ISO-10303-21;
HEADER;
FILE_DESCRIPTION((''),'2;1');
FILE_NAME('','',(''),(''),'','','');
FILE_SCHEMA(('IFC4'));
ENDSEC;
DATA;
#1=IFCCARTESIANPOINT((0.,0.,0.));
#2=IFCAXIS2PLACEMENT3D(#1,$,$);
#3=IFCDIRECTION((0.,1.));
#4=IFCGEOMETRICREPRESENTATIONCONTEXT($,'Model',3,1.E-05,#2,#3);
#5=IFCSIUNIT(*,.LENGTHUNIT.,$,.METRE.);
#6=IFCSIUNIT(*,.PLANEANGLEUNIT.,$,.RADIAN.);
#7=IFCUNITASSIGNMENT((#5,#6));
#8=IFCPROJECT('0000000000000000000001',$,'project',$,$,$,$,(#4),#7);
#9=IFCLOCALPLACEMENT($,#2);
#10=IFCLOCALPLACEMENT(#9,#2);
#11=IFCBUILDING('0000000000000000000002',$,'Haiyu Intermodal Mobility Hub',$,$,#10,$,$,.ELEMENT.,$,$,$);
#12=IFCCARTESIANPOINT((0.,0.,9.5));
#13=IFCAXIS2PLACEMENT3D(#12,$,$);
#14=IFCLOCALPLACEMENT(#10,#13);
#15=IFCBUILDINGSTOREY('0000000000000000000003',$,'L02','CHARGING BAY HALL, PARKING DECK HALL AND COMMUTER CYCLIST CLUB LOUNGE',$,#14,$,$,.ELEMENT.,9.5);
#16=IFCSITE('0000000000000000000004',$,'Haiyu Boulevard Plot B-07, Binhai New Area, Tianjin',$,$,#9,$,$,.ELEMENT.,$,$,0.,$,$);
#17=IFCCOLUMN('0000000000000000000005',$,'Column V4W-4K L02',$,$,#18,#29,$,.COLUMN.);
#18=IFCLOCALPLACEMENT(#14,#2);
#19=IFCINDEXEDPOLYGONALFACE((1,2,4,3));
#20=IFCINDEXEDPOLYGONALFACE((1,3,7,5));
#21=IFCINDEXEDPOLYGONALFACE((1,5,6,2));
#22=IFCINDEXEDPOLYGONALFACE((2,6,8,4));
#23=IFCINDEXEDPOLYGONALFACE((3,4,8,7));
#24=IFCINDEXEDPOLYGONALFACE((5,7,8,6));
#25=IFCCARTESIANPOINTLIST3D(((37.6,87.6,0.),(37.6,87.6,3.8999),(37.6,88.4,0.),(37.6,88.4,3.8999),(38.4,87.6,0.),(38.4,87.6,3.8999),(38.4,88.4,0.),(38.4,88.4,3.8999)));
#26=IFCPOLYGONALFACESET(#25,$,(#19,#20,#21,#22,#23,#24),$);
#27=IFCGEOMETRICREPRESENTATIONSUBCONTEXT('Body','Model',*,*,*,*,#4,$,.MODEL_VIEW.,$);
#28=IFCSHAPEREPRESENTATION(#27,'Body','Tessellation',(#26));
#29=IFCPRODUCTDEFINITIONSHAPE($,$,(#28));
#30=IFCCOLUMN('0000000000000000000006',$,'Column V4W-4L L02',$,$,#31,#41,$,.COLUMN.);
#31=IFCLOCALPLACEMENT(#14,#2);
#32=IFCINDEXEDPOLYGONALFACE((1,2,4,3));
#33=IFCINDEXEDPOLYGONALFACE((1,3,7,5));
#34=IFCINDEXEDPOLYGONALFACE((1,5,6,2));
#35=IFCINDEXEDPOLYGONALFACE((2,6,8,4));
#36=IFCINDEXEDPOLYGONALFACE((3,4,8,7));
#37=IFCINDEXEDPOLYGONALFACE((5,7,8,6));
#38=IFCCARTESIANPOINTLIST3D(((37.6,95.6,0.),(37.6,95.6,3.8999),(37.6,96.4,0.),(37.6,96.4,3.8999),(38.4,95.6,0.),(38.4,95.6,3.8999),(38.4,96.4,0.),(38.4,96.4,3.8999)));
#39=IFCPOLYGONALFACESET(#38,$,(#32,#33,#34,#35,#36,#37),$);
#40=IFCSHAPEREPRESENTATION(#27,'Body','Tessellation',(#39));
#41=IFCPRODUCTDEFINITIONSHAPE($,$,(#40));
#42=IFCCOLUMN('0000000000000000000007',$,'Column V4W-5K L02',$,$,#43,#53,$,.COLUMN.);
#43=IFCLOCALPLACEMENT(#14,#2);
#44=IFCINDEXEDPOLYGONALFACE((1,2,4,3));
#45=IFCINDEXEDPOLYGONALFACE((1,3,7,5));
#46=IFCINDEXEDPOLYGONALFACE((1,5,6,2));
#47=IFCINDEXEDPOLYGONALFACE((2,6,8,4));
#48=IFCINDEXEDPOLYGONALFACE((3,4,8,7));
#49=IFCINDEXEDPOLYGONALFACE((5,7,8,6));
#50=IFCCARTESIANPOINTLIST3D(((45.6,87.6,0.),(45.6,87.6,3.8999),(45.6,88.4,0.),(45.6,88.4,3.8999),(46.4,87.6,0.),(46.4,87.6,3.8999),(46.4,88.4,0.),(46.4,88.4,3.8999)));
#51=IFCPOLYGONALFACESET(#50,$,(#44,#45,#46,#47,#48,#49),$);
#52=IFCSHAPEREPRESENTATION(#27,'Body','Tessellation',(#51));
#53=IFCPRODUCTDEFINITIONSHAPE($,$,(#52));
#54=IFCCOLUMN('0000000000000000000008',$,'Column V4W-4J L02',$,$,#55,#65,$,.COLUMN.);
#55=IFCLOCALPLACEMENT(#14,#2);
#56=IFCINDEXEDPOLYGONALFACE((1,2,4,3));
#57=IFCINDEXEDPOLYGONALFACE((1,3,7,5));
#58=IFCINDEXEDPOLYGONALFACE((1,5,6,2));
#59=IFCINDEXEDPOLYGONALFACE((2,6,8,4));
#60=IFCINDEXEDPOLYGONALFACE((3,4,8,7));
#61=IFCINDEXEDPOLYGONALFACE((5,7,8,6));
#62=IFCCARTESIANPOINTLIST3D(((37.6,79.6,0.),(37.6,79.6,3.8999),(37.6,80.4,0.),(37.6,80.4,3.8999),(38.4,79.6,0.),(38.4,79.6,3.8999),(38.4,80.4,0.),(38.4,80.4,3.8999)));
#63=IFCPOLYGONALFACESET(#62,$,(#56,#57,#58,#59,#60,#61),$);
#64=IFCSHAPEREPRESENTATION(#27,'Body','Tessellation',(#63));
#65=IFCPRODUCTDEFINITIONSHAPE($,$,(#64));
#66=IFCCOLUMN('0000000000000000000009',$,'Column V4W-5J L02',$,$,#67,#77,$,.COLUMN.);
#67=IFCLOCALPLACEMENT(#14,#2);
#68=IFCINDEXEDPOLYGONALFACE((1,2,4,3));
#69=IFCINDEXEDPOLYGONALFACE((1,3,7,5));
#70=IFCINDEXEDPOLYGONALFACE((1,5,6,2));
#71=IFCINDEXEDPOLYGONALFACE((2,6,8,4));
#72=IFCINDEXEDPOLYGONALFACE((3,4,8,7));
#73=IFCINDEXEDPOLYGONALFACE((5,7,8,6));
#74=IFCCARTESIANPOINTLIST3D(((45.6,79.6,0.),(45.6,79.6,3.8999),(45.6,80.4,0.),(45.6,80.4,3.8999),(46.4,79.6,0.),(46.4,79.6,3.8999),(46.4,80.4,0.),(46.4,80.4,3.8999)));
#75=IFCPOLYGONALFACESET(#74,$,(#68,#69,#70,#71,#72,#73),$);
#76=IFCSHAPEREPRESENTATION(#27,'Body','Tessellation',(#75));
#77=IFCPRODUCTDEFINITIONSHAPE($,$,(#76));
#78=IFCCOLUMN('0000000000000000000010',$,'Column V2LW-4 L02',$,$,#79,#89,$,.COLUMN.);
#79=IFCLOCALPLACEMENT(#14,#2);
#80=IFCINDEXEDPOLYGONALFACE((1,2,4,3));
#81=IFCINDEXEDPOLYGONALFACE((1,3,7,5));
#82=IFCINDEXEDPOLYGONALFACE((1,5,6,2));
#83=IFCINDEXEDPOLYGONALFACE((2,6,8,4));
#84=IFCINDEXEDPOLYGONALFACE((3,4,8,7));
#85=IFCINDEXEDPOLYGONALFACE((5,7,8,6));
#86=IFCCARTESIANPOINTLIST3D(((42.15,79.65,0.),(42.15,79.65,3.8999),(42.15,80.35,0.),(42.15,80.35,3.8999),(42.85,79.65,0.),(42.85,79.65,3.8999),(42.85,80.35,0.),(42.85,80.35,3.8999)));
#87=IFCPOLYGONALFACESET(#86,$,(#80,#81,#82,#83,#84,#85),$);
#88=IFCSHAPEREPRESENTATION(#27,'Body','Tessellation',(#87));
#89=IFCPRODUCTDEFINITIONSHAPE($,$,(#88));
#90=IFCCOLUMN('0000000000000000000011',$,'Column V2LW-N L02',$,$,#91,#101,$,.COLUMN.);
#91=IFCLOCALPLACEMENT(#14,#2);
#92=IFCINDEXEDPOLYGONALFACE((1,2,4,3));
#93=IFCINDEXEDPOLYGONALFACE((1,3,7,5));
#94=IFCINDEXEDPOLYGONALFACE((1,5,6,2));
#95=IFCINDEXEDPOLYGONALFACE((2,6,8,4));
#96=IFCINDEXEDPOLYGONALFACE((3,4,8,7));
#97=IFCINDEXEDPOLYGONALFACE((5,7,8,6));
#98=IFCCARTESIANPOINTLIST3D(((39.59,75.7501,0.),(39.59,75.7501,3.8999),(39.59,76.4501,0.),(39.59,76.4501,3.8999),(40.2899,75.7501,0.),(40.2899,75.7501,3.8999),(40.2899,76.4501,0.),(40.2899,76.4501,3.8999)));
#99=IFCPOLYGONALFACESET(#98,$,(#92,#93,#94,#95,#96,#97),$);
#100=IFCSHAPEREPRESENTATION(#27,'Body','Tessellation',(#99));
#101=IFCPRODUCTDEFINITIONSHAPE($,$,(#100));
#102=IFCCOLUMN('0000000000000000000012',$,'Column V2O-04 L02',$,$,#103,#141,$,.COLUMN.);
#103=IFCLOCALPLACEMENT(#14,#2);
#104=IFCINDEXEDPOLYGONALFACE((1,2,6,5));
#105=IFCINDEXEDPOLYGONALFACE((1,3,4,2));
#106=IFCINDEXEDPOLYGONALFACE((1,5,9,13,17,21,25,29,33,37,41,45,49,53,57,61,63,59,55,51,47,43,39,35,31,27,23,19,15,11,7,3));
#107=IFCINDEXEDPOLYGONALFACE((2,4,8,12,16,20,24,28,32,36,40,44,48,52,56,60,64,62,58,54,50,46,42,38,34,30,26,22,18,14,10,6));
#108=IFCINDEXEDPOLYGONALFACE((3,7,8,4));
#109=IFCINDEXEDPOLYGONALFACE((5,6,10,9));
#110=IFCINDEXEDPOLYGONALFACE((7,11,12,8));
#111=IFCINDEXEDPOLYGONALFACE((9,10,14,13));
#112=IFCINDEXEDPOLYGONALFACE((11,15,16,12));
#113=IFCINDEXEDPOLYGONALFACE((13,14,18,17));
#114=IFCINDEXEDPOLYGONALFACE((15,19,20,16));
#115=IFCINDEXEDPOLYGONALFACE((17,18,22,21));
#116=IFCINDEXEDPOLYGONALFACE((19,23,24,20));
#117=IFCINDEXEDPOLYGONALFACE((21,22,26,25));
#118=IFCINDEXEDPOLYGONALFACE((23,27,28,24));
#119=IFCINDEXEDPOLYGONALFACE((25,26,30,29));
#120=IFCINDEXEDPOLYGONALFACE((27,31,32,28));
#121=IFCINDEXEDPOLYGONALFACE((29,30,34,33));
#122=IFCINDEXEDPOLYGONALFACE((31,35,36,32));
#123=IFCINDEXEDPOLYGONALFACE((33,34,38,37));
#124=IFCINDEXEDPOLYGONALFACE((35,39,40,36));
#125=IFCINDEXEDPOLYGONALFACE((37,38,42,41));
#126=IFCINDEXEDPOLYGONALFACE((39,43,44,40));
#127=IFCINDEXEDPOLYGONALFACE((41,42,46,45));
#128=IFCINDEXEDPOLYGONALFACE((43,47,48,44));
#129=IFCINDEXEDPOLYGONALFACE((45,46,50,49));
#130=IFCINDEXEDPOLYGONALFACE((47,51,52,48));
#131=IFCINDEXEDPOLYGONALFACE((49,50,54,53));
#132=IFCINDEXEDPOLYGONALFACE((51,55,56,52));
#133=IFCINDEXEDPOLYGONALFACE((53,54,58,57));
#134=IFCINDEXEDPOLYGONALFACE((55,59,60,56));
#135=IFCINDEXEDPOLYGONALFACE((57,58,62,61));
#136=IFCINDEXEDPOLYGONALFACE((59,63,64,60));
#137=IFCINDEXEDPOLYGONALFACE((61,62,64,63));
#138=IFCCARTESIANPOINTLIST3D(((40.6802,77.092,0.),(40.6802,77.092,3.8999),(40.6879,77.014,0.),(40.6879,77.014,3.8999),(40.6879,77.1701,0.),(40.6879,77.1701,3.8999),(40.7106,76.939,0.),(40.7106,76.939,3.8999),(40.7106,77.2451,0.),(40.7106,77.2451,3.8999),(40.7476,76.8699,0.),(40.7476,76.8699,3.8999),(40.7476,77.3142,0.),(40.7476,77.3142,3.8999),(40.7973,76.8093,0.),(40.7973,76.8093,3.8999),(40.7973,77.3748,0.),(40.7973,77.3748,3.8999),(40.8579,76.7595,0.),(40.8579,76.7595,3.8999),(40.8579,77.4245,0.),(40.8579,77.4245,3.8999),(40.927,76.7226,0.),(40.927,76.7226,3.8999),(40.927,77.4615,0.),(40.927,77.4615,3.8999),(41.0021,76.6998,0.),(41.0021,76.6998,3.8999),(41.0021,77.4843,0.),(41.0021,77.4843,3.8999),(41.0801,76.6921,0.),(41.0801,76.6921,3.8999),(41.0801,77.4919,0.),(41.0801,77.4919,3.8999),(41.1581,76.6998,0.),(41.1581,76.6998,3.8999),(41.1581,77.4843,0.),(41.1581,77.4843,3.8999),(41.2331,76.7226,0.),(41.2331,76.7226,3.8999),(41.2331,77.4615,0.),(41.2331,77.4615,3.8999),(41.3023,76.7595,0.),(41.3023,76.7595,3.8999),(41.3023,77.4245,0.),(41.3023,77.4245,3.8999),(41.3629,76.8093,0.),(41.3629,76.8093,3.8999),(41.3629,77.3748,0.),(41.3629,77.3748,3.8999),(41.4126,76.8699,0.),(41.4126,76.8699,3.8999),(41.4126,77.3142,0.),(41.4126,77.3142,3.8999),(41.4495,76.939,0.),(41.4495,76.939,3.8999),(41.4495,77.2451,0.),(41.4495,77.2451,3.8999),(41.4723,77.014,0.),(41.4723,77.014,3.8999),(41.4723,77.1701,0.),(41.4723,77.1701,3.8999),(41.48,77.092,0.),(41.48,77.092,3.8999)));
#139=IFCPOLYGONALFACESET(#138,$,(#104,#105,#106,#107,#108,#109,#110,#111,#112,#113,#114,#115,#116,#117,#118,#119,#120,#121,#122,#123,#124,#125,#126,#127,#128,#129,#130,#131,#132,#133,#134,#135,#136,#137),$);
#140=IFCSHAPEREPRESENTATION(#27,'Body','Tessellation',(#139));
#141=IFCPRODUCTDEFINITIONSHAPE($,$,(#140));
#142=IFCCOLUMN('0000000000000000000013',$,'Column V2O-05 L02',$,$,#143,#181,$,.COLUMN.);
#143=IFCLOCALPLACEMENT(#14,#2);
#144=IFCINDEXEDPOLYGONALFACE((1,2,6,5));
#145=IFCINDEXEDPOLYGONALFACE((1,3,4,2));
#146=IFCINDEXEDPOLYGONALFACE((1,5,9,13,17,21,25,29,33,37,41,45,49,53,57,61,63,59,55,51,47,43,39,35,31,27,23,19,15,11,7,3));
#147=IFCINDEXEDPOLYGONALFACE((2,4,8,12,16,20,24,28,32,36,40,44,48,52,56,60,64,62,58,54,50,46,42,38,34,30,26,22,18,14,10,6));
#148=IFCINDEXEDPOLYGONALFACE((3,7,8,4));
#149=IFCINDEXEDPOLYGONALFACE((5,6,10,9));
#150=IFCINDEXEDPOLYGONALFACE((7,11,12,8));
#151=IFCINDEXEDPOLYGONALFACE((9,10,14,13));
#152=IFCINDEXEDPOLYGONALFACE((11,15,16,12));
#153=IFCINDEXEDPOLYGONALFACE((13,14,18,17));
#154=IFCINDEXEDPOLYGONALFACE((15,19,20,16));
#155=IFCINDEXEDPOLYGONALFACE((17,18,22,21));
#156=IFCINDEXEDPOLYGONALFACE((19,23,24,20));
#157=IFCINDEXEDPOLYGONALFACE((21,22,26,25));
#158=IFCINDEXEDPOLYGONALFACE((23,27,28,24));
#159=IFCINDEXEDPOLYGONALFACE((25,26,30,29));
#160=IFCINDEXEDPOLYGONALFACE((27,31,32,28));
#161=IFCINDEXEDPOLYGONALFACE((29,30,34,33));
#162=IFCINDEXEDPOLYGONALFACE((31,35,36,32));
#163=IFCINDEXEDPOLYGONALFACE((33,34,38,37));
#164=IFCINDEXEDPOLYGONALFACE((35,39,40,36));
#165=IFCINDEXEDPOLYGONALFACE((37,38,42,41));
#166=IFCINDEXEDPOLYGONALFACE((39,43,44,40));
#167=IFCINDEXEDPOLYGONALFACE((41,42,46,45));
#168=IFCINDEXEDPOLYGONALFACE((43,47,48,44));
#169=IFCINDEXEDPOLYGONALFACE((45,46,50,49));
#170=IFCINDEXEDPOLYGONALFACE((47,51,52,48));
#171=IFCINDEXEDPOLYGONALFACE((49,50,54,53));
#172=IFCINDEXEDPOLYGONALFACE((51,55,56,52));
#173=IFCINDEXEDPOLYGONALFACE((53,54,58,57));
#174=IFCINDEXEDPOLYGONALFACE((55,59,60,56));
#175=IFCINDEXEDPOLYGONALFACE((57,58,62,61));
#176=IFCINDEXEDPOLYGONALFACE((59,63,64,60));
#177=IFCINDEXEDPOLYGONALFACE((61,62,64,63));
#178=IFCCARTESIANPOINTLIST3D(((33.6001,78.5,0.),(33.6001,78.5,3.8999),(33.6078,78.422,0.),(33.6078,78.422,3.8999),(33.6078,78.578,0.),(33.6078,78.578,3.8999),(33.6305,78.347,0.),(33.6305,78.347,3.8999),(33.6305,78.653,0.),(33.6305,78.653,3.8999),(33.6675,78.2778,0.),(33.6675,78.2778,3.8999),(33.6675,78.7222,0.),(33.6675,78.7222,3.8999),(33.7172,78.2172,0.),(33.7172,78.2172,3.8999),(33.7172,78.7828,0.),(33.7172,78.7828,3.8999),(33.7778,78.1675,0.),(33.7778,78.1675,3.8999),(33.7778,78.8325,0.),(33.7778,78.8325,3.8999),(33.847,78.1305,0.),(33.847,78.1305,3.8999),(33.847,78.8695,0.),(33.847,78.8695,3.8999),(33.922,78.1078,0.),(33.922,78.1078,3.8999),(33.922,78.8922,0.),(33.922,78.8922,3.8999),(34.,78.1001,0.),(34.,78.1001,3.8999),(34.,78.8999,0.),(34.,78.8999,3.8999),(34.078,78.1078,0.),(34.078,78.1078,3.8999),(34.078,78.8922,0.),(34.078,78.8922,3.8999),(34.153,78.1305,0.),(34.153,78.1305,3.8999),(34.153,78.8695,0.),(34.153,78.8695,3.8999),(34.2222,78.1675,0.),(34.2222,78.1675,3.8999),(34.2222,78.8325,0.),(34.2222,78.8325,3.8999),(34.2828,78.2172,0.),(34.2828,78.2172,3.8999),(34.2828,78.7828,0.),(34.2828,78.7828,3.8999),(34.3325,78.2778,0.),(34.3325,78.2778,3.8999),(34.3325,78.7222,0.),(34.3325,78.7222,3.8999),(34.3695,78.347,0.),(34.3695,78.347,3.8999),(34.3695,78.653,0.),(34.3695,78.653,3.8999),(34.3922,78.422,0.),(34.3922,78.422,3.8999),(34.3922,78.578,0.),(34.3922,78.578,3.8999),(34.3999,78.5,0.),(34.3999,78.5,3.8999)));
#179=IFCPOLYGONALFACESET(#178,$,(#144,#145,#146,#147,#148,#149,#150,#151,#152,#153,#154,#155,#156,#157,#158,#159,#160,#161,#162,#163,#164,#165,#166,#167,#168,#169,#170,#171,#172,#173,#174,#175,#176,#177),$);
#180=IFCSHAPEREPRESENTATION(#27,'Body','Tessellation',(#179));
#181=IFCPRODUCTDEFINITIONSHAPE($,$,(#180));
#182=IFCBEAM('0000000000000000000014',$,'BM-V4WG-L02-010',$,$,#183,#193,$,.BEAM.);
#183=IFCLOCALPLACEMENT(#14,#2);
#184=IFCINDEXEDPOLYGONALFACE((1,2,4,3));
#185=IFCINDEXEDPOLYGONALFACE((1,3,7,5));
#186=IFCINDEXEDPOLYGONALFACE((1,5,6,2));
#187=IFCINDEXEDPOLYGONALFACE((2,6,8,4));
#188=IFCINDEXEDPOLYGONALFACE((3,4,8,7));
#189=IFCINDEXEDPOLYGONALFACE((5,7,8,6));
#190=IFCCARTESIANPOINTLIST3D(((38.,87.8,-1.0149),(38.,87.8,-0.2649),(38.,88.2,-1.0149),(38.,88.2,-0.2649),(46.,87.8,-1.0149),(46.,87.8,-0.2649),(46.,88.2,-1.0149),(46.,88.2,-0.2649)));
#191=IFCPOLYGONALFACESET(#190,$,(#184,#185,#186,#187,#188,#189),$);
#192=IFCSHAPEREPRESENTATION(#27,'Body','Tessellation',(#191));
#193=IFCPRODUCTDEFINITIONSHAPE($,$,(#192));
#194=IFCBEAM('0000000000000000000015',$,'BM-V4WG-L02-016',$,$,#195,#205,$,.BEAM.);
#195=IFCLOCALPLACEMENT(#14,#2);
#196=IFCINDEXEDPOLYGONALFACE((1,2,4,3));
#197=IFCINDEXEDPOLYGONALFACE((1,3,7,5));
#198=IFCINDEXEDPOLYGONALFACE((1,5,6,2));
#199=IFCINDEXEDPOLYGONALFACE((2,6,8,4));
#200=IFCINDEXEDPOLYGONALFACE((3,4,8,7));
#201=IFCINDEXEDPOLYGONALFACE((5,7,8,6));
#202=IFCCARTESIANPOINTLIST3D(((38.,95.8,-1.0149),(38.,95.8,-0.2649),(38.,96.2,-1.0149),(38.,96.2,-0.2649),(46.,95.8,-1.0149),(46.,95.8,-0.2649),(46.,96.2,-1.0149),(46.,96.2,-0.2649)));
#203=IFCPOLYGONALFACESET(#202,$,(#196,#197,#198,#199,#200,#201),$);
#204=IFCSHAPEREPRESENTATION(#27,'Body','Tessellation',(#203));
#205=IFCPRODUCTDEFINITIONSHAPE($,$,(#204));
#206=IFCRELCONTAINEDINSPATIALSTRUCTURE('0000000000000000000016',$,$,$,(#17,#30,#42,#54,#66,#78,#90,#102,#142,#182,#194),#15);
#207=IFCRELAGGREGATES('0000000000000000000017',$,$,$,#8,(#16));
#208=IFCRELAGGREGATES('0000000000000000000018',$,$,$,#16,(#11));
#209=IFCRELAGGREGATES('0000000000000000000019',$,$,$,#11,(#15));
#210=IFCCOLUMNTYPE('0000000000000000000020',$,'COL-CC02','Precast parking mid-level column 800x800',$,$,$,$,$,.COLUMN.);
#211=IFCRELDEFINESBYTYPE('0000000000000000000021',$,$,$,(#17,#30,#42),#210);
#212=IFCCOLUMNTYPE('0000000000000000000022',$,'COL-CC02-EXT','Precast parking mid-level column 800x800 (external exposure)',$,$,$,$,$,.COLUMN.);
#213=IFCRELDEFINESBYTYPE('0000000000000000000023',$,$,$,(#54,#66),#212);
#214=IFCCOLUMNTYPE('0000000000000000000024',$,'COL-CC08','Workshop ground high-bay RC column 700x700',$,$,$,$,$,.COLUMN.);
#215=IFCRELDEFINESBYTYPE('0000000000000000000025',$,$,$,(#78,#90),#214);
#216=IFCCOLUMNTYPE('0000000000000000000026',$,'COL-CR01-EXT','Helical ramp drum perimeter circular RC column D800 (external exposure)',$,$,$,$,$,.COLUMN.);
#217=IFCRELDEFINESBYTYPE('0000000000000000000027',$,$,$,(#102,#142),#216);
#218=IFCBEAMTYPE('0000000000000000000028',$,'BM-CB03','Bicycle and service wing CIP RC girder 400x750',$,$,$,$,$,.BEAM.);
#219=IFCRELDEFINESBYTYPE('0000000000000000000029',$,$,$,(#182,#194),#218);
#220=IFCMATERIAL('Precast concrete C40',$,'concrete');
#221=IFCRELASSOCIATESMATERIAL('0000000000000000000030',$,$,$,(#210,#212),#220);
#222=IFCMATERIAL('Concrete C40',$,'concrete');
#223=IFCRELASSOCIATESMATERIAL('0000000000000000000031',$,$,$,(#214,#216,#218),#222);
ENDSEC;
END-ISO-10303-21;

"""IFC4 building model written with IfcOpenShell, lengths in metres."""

from ifc_helpers import new_model, si_unit, direction, frame, origin, origin_2d, place, context, subcontext, project, spatial, rectangle, circle, extrude, material, material_profile, profile_set, type_object, element, save


model = new_model("IFC4")

# Units and contexts
model_context = context("Model", 3, precision=1e-05, world=origin(), true_north=direction((0.0, 1.0)))
body_context = subcontext(model_context, "Body", "Model", "MODEL_VIEW")
ifc_project = project(units=[si_unit("LENGTHUNIT", "METRE"), si_unit("PLANEANGLEUNIT", "RADIAN")], contexts=[model_context])

# Site, building, storey
site_placement = place(None, origin())
site = spatial("IfcSite", under=ifc_project, at=site_placement, Name="Haiyu Boulevard Plot B-07, Binhai New Area, Tianjin", CompositionType="ELEMENT", RefElevation=0.0)
building_placement = place(site_placement, origin())
building = spatial("IfcBuilding", under=site, at=building_placement, Name="Haiyu Intermodal Mobility Hub", CompositionType="ELEMENT")
storey_placement = place(building_placement, frame((0.0, 0.0, 9.5)))
storey = spatial("IfcBuildingStorey", under=building, at=storey_placement, Name="L02", Description="CHARGING BAY HALL, PARKING DECK HALL AND COMMUTER CYCLIST CLUB LOUNGE", CompositionType="ELEMENT", Elevation=9.5)

# Columns
ifc_material_1 = material(Name="Precast concrete C40", Category="concrete")
ifc_material_profile_1 = material_profile(ifc_material_1, rectangle(XDim=0.8, YDim=0.8, at=origin_2d()), Name="RC800x800")
ifc_profile_set_1 = profile_set([ifc_material_profile_1], Name="Precast concrete C40")
column_type_1 = type_object("IfcColumnType", Name="COL-CC02", Description="Precast parking mid-level column 800x800", PredefinedType="COLUMN", material=ifc_profile_set_1)
for number, where, z_axis, x_axis, name in (
    (1, (38.0, 88.0, 0.0), (0.0, 0.0, 1.0), (1.0, 0.0, 0.0), "Column V4W-4K L02"),
    (2, (38.0, 96.0, 0.0), (0.0, 0.0, 1.0), (1.0, 0.0, 0.0), "Column V4W-4L L02"),
    (3, (46.0, 88.0, 0.0), (0.0, 0.0, 1.0), (1.0, 0.0, 0.0), "Column V4W-5K L02"),
):
    element("IfcColumn", number, at=place(storey_placement, frame(where, z_axis=z_axis, x_axis=x_axis)), inside=storey, type_object=column_type_1, Name=name, PredefinedType="COLUMN", context=body_context, shape_type="SweptSolid", body=[
        extrude(rectangle(XDim=0.8, YDim=0.8, at=origin_2d()), origin(), (0.0, 0.0, 1.0), 3.8999),
    ])
ifc_material_profile_2 = material_profile(ifc_material_1, rectangle(XDim=0.8, YDim=0.8, at=origin_2d()), Name="RC800x800")
ifc_profile_set_2 = profile_set([ifc_material_profile_2], Name="Precast concrete C40")
column_type_2 = type_object("IfcColumnType", Name="COL-CC02-EXT", Description="Precast parking mid-level column 800x800 (external exposure)", PredefinedType="COLUMN", material=ifc_profile_set_2)
for number, where, z_axis, x_axis, name in (
    (4, (38.0, 80.0, 0.0), (0.0, 0.0, 1.0), (1.0, 0.0, 0.0), "Column V4W-4J L02"),
    (5, (46.0, 80.0, 0.0), (0.0, 0.0, 1.0), (1.0, 0.0, 0.0), "Column V4W-5J L02"),
):
    element("IfcColumn", number, at=place(storey_placement, frame(where, z_axis=z_axis, x_axis=x_axis)), inside=storey, type_object=column_type_2, Name=name, PredefinedType="COLUMN", context=body_context, shape_type="SweptSolid", body=[
        extrude(rectangle(XDim=0.8, YDim=0.8, at=origin_2d()), origin(), (0.0, 0.0, 1.0), 3.8999),
    ])
ifc_material_2 = material(Name="Concrete C40", Category="concrete")
ifc_material_profile_3 = material_profile(ifc_material_2, rectangle(XDim=0.7, YDim=0.7, at=origin_2d()), Name="RC700x700")
ifc_profile_set_3 = profile_set([ifc_material_profile_3], Name="Concrete C40")
column_type_3 = type_object("IfcColumnType", Name="COL-CC08", Description="Workshop ground high-bay RC column 700x700", PredefinedType="COLUMN", material=ifc_profile_set_3)
for number, where, z_axis, x_axis, name in (
    (6, (42.5, 80.0, 0.0), (0.0, 0.0, 1.0), (1.0, 0.0, 0.0), "Column V2LW-4 L02"),
    (7, (39.9399, 76.1001, 0.0), (0.0, 0.0, 1.0), (1.0, 0.0, 0.0), "Column V2LW-N L02"),
):
    element("IfcColumn", number, at=place(storey_placement, frame(where, z_axis=z_axis, x_axis=x_axis)), inside=storey, type_object=column_type_3, Name=name, PredefinedType="COLUMN", context=body_context, shape_type="SweptSolid", body=[
        extrude(rectangle(XDim=0.7, YDim=0.7, at=origin_2d()), origin(), (0.0, 0.0, 1.0), 3.8999),
    ])
ifc_material_profile_4 = material_profile(ifc_material_2, circle(Radius=0.3999, at=origin_2d()), Name="RCCOL-D800")
ifc_profile_set_4 = profile_set([ifc_material_profile_4], Name="Concrete C40")
column_type_4 = type_object("IfcColumnType", Name="COL-CR01-EXT", Description="Helical ramp drum perimeter circular RC column D800 (external exposure)", PredefinedType="COLUMN", material=ifc_profile_set_4)
for number, where, z_axis, x_axis, name in (
    (8, (41.0801, 77.092, 0.0), (0.0, 0.0, 1.0), (1.0, 0.0, 0.0), "Column V2O-04 L02"),
    (9, (34.0, 78.5, 0.0), (0.0, 0.0, 1.0), (1.0, 0.0, 0.0), "Column V2O-05 L02"),
):
    element("IfcColumn", number, at=place(storey_placement, frame(where, z_axis=z_axis, x_axis=x_axis)), inside=storey, type_object=column_type_4, Name=name, PredefinedType="COLUMN", context=body_context, shape_type="SweptSolid", body=[
        extrude(circle(Radius=0.3999, at=origin_2d()), origin(), (0.0, 0.0, 1.0), 3.8999),
    ])

# Beams
ifc_material_profile_5 = material_profile(ifc_material_2, rectangle(XDim=0.3999, YDim=0.75, at=origin_2d()), Name="RCB400x750")
ifc_profile_set_5 = profile_set([ifc_material_profile_5], Name="Concrete C40")
beam_type_1 = type_object("IfcBeamType", Name="BM-CB03", Description="Bicycle and service wing CIP RC girder 400x750", PredefinedType="BEAM", material=ifc_profile_set_5)
for number, where, z_axis, x_axis, name in (
    (10, (38.0, 88.0, -0.6399), (1.0, 0.0, 0.0), (0.0, 1.0, 0.0), "BM-V4WG-L02-010"),
    (11, (38.0, 96.0, -0.6399), (1.0, 0.0, 0.0), (0.0, 1.0, 0.0), "BM-V4WG-L02-016"),
):
    element("IfcBeam", number, at=place(storey_placement, frame(where, z_axis=z_axis, x_axis=x_axis)), inside=storey, type_object=beam_type_1, Name=name, PredefinedType="BEAM", context=body_context, shape_type="SweptSolid", body=[
        extrude(rectangle(XDim=0.3999, YDim=0.75, at=origin_2d()), origin(), (0.0, 0.0, 1.0), 8.0),
    ])

save(model, "model.ifc")
